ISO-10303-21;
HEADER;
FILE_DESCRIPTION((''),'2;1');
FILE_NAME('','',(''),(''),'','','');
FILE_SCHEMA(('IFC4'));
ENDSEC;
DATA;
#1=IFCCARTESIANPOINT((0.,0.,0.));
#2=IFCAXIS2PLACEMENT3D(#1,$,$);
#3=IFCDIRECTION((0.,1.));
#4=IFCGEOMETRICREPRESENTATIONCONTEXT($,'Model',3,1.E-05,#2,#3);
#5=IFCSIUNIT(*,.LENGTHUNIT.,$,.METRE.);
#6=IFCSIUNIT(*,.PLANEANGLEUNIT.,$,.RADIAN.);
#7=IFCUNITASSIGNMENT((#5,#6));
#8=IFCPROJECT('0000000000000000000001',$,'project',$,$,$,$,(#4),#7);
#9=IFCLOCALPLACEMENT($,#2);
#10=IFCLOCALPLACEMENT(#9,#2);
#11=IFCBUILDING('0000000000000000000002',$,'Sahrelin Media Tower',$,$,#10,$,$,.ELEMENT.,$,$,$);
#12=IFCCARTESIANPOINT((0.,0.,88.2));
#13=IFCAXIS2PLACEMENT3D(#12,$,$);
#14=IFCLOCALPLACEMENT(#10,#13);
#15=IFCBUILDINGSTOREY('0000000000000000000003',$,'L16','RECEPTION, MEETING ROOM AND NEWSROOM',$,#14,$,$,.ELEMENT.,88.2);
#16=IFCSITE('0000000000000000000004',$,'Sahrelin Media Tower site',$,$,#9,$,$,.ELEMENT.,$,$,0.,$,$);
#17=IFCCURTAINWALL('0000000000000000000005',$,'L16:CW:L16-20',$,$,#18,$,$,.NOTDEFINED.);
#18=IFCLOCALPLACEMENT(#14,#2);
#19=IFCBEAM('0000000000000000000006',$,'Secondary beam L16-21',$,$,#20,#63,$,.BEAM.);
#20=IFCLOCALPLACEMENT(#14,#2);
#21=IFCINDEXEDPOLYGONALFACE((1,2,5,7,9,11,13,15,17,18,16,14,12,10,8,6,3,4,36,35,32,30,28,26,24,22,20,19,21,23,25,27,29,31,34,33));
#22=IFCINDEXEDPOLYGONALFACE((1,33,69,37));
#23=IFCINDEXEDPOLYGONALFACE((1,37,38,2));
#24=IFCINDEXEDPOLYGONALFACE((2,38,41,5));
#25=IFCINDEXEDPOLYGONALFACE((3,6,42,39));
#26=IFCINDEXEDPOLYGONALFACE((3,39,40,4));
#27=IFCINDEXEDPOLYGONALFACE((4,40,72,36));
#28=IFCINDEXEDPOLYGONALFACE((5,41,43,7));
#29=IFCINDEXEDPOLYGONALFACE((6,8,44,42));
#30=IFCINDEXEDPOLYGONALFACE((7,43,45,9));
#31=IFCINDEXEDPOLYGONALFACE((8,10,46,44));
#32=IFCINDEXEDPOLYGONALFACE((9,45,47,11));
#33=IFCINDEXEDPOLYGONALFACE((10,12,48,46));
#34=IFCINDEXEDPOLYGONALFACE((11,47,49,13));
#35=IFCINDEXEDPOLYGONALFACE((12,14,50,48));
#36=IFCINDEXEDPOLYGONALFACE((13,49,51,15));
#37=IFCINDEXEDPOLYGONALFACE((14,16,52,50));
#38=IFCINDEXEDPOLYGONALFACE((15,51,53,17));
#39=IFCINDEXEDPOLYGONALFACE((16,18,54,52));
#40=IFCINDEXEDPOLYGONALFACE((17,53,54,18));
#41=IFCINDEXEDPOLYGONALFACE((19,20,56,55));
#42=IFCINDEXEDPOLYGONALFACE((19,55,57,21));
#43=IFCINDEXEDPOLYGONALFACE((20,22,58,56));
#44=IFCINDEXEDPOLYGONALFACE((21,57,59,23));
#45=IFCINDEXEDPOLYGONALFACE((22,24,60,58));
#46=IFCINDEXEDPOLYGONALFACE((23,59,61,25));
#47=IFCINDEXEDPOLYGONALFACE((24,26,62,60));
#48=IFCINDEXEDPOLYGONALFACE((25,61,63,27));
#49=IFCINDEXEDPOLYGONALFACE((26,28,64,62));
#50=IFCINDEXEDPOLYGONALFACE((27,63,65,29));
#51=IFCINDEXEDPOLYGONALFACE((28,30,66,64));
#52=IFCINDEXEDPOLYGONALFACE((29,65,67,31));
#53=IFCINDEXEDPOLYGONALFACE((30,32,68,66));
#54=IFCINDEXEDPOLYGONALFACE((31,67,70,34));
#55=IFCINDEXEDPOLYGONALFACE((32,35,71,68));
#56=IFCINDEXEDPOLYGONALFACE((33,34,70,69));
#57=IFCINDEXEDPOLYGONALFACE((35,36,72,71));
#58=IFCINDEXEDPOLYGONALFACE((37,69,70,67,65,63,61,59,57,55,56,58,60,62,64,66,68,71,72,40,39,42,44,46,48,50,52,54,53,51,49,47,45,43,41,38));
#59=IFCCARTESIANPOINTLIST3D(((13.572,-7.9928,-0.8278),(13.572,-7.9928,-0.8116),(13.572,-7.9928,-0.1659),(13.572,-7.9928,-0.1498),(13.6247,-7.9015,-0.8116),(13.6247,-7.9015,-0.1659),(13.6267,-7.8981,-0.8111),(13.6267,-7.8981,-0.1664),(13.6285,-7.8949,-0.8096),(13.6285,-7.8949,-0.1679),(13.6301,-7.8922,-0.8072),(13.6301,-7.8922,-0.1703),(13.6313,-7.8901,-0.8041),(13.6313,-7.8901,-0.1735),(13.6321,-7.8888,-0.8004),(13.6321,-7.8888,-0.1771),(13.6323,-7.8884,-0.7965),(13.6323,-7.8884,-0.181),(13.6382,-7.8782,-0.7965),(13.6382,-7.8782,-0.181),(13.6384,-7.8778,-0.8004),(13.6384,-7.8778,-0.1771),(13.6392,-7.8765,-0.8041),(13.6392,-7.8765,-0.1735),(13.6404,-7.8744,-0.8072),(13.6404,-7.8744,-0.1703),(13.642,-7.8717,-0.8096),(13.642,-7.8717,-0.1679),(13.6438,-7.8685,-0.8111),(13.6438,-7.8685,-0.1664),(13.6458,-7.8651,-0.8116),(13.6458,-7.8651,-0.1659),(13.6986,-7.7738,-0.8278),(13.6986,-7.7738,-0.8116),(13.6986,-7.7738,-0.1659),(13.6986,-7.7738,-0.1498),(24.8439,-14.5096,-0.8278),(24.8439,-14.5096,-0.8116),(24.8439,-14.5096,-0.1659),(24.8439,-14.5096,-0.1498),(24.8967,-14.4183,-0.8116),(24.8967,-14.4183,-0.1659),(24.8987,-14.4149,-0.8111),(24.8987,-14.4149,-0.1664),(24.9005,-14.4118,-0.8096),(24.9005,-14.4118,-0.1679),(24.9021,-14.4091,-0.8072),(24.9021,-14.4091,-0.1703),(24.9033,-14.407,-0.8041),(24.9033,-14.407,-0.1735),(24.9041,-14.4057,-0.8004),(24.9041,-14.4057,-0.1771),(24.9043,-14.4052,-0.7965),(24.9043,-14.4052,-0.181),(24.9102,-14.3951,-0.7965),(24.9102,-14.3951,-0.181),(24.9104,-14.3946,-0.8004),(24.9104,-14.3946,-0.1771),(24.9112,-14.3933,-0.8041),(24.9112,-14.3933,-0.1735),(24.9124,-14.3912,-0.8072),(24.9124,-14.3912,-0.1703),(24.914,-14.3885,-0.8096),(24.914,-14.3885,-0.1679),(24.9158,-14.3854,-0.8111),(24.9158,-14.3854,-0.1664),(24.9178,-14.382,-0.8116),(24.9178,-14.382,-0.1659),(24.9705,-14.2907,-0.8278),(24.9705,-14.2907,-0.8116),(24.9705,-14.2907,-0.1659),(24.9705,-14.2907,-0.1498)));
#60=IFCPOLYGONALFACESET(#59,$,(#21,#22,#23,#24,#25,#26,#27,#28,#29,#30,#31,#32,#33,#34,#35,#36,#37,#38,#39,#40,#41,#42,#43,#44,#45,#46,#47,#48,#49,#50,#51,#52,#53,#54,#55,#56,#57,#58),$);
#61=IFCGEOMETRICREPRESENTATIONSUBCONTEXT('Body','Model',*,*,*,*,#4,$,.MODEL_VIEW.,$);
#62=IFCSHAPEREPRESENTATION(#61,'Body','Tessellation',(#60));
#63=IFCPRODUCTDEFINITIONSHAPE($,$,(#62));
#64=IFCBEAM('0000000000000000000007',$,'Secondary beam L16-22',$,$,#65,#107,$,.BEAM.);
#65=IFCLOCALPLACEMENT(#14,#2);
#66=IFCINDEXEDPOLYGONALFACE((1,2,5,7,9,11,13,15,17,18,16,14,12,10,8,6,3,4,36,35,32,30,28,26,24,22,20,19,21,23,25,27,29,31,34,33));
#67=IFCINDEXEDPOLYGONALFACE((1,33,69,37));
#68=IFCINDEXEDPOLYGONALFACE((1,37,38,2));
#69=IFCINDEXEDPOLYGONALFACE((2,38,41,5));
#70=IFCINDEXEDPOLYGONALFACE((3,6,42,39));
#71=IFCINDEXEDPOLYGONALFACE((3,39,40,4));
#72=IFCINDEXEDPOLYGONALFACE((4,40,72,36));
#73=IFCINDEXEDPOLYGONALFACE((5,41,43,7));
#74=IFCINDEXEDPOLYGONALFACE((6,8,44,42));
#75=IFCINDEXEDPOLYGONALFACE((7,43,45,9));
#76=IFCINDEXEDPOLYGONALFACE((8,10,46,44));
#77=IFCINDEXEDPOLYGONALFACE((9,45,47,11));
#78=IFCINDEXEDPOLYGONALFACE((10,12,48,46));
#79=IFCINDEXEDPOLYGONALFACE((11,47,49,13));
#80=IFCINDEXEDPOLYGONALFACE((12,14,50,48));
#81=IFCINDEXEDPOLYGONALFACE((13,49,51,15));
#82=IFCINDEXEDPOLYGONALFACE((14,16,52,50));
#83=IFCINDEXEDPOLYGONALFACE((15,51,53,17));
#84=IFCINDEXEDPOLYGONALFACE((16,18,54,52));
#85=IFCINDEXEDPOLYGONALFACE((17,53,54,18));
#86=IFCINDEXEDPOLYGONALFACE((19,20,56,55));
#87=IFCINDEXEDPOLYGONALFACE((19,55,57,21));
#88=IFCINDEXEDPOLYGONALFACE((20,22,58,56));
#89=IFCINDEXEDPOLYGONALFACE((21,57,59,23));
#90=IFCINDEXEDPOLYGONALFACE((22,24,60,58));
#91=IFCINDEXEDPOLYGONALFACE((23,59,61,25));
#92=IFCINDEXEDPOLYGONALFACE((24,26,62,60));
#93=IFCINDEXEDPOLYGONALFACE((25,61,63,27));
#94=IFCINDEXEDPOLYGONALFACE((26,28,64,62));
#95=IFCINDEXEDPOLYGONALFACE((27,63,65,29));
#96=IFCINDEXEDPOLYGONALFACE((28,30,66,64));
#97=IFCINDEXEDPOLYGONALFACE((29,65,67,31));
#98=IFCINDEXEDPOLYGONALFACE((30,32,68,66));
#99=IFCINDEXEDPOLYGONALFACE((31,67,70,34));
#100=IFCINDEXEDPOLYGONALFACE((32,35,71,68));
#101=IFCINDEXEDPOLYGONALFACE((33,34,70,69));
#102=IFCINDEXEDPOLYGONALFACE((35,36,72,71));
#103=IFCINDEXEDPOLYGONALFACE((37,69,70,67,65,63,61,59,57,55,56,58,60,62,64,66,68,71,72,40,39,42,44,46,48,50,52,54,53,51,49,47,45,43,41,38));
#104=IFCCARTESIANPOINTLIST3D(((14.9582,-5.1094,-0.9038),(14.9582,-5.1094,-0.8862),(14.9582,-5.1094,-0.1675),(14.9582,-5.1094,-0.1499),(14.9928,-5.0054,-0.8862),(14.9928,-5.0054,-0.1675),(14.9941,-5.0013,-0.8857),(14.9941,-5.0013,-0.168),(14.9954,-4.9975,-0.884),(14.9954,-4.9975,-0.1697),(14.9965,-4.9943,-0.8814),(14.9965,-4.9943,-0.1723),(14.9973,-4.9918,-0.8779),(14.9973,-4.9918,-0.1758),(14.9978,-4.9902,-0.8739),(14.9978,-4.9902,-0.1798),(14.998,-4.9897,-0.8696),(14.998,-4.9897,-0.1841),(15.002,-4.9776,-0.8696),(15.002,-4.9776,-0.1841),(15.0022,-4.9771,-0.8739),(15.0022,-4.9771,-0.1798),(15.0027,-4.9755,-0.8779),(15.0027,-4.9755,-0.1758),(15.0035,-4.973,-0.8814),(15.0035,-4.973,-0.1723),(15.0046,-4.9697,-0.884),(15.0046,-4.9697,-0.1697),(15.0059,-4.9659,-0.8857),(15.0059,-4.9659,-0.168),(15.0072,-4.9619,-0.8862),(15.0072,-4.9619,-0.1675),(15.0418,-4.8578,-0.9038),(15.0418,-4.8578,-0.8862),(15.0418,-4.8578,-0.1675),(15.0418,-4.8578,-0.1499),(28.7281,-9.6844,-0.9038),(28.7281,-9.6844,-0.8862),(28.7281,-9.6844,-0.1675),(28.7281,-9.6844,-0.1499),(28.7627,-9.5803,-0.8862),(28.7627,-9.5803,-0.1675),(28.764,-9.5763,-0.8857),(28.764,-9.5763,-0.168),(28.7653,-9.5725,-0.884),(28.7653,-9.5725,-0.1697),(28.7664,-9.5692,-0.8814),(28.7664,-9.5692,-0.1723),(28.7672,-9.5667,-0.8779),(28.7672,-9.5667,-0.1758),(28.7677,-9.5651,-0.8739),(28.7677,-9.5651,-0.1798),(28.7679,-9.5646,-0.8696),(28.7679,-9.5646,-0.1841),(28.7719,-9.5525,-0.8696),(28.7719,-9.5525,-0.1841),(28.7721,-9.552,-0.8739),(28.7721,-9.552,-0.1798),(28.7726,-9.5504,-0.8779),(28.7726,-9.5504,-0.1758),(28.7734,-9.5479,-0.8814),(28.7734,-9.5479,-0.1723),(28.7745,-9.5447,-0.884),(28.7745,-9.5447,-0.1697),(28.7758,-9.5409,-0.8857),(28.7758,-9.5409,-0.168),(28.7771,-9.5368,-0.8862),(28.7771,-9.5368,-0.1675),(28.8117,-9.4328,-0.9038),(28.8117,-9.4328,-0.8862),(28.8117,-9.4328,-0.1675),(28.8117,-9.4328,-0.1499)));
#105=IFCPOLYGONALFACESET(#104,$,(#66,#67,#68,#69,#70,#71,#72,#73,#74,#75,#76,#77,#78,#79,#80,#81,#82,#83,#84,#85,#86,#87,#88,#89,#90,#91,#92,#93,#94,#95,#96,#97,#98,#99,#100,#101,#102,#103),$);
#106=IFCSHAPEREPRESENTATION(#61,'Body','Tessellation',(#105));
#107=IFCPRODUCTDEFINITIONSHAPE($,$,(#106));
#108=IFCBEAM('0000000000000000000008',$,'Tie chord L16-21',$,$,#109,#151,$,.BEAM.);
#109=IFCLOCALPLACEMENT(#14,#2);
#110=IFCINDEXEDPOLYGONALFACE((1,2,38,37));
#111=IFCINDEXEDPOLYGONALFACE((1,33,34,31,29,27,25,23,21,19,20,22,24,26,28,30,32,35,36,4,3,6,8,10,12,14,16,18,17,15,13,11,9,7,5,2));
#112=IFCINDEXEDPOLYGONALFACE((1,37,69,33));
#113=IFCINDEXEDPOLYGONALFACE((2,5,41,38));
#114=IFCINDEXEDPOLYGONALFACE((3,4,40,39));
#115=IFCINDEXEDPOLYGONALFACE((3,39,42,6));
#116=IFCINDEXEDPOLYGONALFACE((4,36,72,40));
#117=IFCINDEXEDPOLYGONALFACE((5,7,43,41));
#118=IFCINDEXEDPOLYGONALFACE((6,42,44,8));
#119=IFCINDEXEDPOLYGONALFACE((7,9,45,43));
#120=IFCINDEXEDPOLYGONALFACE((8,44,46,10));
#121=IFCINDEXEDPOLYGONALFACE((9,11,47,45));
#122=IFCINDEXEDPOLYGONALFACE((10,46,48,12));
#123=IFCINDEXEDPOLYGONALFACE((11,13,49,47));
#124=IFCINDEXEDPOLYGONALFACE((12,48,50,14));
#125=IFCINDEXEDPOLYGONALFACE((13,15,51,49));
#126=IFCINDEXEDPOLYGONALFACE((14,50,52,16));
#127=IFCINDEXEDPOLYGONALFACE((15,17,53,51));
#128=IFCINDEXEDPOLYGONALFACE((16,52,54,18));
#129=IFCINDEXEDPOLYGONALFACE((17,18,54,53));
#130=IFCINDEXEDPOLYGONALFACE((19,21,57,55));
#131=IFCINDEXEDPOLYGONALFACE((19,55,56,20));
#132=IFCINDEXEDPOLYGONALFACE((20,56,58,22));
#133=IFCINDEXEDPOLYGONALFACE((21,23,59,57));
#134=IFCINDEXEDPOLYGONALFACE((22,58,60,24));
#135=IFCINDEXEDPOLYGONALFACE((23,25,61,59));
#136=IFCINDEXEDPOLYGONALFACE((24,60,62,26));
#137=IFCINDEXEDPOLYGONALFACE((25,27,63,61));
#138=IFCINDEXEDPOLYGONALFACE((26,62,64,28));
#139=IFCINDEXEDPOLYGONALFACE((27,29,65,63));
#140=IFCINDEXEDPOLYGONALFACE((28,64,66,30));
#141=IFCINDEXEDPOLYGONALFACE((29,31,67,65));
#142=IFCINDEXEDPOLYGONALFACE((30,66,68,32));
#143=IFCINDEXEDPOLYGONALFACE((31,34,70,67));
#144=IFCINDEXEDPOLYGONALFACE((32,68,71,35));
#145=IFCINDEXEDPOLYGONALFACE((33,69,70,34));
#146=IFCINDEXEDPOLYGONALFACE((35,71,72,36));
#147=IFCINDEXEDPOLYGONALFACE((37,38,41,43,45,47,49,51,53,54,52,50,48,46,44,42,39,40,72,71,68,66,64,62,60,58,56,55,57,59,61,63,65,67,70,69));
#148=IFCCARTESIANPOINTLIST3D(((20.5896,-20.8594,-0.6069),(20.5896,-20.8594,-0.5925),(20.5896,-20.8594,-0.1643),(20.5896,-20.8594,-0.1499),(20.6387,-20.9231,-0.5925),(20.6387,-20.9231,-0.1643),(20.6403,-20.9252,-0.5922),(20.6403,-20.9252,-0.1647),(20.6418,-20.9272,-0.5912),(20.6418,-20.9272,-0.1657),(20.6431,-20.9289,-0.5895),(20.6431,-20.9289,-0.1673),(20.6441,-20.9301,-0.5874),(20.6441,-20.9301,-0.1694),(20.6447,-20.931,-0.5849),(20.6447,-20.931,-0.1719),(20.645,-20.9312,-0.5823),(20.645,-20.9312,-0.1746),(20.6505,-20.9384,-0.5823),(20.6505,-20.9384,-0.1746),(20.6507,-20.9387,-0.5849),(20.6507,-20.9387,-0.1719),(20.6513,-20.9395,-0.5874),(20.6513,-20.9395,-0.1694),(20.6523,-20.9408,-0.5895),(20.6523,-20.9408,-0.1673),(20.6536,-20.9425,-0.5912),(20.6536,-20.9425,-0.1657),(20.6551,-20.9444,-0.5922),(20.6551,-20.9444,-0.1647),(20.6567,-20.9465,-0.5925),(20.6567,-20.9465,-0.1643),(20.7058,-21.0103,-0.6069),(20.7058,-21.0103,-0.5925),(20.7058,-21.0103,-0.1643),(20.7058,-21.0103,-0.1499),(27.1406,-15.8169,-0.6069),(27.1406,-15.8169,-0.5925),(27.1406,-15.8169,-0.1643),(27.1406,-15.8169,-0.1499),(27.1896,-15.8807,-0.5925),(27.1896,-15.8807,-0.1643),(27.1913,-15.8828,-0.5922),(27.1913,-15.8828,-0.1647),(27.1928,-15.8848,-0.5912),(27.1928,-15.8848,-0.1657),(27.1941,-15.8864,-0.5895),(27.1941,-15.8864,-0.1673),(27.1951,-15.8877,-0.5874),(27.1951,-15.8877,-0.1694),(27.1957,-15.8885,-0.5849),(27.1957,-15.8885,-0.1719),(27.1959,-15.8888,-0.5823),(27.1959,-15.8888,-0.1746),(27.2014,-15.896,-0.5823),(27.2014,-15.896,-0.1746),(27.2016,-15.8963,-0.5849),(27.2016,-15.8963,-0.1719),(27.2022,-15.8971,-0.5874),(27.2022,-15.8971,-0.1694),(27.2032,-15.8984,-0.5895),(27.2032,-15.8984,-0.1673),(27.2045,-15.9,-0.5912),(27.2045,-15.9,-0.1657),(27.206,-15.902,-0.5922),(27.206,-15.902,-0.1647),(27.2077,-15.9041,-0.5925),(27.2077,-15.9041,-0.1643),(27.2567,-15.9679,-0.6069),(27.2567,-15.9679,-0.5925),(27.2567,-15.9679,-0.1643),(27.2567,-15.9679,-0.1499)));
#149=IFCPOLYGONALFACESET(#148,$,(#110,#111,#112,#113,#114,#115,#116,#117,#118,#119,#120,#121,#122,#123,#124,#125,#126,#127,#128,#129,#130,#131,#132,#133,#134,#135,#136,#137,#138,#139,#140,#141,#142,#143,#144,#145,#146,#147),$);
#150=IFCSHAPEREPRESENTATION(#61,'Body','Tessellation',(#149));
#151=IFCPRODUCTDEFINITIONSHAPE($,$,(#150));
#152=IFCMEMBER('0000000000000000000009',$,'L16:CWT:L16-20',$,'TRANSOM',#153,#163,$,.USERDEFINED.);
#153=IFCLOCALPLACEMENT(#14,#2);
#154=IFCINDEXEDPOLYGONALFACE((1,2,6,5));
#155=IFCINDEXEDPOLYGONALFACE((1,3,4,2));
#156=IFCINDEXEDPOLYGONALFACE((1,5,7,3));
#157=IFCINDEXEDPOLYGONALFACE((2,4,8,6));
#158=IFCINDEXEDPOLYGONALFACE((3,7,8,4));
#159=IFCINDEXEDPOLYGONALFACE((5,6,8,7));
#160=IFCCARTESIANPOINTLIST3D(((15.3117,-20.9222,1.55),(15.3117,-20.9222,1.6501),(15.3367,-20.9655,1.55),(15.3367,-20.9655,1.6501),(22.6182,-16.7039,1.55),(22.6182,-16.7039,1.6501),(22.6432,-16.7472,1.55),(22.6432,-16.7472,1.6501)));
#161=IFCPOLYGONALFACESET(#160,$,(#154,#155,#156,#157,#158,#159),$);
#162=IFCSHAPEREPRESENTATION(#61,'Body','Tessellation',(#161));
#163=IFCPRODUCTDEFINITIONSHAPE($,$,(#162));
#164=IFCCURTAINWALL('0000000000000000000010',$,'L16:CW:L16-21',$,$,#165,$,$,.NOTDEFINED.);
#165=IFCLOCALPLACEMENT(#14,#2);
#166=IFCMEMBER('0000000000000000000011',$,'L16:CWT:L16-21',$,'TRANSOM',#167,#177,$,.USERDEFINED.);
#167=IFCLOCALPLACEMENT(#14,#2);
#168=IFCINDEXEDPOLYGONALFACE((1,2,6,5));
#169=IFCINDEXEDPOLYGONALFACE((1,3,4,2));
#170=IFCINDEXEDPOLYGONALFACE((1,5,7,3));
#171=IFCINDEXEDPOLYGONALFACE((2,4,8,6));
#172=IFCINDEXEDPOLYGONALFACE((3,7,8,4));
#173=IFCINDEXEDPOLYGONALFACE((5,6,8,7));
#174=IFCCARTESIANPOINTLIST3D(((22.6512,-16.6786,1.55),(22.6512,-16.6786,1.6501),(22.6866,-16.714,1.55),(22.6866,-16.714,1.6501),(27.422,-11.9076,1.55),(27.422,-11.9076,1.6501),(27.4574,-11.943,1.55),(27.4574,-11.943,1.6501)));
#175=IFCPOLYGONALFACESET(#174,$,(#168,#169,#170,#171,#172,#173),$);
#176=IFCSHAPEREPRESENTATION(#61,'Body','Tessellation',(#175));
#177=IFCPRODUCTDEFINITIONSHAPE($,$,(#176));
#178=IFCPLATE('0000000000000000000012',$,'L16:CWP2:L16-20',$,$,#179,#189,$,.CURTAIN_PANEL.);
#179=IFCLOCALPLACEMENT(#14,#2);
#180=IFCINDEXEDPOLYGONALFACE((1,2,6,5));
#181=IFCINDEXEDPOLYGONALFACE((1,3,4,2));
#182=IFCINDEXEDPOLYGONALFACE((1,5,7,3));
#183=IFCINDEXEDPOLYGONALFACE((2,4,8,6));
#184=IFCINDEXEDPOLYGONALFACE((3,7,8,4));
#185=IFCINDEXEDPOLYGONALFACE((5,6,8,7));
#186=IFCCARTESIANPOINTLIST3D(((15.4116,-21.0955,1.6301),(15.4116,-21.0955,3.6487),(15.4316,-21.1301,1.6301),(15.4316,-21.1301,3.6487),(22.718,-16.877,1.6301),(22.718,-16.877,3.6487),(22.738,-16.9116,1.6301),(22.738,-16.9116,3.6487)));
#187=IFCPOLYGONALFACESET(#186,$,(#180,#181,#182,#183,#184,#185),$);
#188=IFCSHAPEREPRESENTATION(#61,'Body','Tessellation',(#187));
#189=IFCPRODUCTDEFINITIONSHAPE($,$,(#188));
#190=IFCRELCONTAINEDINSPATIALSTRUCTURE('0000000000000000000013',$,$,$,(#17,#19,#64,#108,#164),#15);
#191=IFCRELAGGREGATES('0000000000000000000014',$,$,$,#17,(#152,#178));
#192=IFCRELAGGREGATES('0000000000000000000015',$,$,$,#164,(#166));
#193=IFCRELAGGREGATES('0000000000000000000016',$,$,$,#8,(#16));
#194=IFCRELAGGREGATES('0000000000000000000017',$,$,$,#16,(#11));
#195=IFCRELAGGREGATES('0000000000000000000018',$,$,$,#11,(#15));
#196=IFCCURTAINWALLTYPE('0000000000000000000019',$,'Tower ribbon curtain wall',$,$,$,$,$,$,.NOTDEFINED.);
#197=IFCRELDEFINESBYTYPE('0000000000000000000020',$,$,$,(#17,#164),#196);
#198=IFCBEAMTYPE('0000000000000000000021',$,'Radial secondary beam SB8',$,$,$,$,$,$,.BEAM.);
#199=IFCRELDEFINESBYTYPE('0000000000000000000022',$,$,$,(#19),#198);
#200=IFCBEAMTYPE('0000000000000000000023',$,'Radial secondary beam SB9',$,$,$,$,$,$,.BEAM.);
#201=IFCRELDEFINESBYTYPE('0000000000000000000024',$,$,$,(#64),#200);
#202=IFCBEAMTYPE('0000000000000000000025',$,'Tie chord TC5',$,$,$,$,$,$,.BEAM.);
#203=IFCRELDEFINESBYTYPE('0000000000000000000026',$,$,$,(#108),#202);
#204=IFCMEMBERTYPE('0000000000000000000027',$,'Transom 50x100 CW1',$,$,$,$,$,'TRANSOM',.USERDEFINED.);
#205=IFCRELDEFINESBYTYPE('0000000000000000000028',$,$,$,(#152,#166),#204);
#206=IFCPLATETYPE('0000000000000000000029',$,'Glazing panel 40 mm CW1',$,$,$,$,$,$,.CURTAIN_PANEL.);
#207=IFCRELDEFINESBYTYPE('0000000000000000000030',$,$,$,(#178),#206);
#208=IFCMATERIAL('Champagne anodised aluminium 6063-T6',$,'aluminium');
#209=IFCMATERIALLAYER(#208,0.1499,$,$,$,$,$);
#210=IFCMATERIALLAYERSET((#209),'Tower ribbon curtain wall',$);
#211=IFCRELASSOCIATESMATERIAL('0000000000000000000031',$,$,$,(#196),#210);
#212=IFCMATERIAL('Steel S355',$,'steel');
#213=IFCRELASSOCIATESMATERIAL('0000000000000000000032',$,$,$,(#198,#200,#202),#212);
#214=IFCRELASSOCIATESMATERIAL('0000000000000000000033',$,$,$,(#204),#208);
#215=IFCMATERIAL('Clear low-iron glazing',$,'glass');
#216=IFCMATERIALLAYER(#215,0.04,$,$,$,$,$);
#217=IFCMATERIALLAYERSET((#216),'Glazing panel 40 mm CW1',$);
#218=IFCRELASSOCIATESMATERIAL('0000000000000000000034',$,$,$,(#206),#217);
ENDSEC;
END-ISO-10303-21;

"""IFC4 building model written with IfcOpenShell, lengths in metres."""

from ifc_helpers import new_model, si_unit, direction, frame, origin, origin_2d, place, context, subcontext, project, spatial, polyline, rectangle, i_section, outline, extrude, material, layer, layer_set, material_profile, profile_set, type_object, element, aggregate, save


model = new_model("IFC4")

# Units and contexts
model_context = context("Model", 3, precision=1e-05, world=origin(), true_north=direction((0.0, 1.0)))
body_context = subcontext(model_context, "Body", "Model", "MODEL_VIEW")
ifc_project = project(units=[si_unit("LENGTHUNIT", "METRE"), si_unit("PLANEANGLEUNIT", "RADIAN")], contexts=[model_context])

# Site, building, storey
site_placement = place(None, origin())
site = spatial("IfcSite", under=ifc_project, at=site_placement, Name="Sahrelin Media Tower site", CompositionType="ELEMENT", RefElevation=0.0)
building_placement = place(site_placement, origin())
building = spatial("IfcBuilding", under=site, at=building_placement, Name="Sahrelin Media Tower", CompositionType="ELEMENT")
storey_placement = place(building_placement, frame((0.0, 0.0, 88.2)))
storey = spatial("IfcBuildingStorey", under=building, at=storey_placement, Name="L16", Description="RECEPTION, MEETING ROOM AND NEWSROOM", CompositionType="ELEMENT", Elevation=88.2)

# Shared definitions
ifc_material_1 = material(Name="Steel S355", Category="steel")

# Curtain wall
ifc_material_2 = material(Name="Champagne anodised aluminium 6063-T6", Category="aluminium")
ifc_layer_1 = layer(ifc_material_2, 0.1499)
ifc_layer_set_1 = layer_set([ifc_layer_1], Name="Tower ribbon curtain wall")
curtain_wall_type = type_object("IfcCurtainWallType", Name="Tower ribbon curtain wall", PredefinedType="NOTDEFINED", material=ifc_layer_set_1)
curtain_wall_1_placement = place(storey_placement, frame((19.075, -19.0037, 0.0), z_axis=(0.0, 0.0, 1.0), x_axis=(1.0, 0.0, 0.0)))
curtain_wall_1 = element("IfcCurtainWall", 1, at=curtain_wall_1_placement, inside=storey, type_object=curtain_wall_type, Name="L16:CW:L16-20", PredefinedType="NOTDEFINED")

# Beams
ifc_material_profile_1 = material_profile(ifc_material_1, i_section(OverallWidth=0.2529, OverallDepth=0.678, WebThickness=0.0117, FlangeThickness=0.0161, FilletRadius=0.0151, at=origin_2d()), Name="UB 686x254x125")
ifc_profile_set_1 = profile_set([ifc_material_profile_1], Name="Steel S355")
beam_type_1 = type_object("IfcBeamType", Name="Radial secondary beam SB8", PredefinedType="BEAM", material=ifc_profile_set_1)
beam_1_placement = place(storey_placement, frame((13.6353, -7.8833, -0.4888), z_axis=(0.865727, -0.500517, 0.0), x_axis=(0.500517, 0.865727, 0.0)))
element("IfcBeam", 2, at=beam_1_placement, inside=storey, type_object=beam_type_1, Name="Secondary beam L16-21", PredefinedType="BEAM", context=body_context, shape_type="SweptSolid", body=[
    extrude(i_section(OverallWidth=0.2529, OverallDepth=0.678, WebThickness=0.0117, FlangeThickness=0.0161, FilletRadius=0.0151, at=origin_2d()), origin(), (0.0, 0.0, 1.0), 13.0203),
])
ifc_material_profile_2 = material_profile(ifc_material_1, i_section(OverallWidth=0.2651, OverallDepth=0.7539, WebThickness=0.0127, FlangeThickness=0.0176, FilletRadius=0.0166, at=origin_2d()), Name="UB 762x267x147")
ifc_profile_set_2 = profile_set([ifc_material_profile_2], Name="Steel S355")
beam_type_2 = type_object("IfcBeamType", Name="Radial secondary beam SB9", PredefinedType="BEAM", material=ifc_profile_set_2)
beam_2_placement = place(storey_placement, frame((15.0, -4.9836, -0.5269), z_axis=(0.948994, -0.315294, 0.0), x_axis=(0.315294, 0.948994, 0.0)))
element("IfcBeam", 3, at=beam_2_placement, inside=storey, type_object=beam_type_2, Name="Secondary beam L16-22", PredefinedType="BEAM", context=body_context, shape_type="SweptSolid", body=[
    extrude(i_section(OverallWidth=0.2651, OverallDepth=0.7539, WebThickness=0.0127, FlangeThickness=0.0176, FilletRadius=0.0166, at=origin_2d()), origin(), (0.0, 0.0, 1.0), 14.51),
])
ifc_material_profile_3 = material_profile(ifc_material_1, i_section(OverallWidth=0.1904, OverallDepth=0.457, WebThickness=0.009, FlangeThickness=0.0144, FilletRadius=0.0103, at=origin_2d()), Name="UB 457x191x74")
ifc_profile_set_3 = profile_set([ifc_material_profile_3], Name="Steel S355")
beam_type_3 = type_object("IfcBeamType", Name="Tie chord TC5", PredefinedType="BEAM", material=ifc_profile_set_3)
beam_3_placement = place(storey_placement, frame((20.6477, -20.9348, -0.3784), z_axis=(0.792435, 0.609956, 0.0), x_axis=(-0.609956, 0.792435, 0.0)))
element("IfcBeam", 4, at=beam_3_placement, inside=storey, type_object=beam_type_3, Name="Tie chord L16-21", PredefinedType="BEAM", context=body_context, shape_type="SweptSolid", body=[
    extrude(i_section(OverallWidth=0.1904, OverallDepth=0.457, WebThickness=0.009, FlangeThickness=0.0144, FilletRadius=0.0103, at=origin_2d()), origin(), (0.0, 0.0, 1.0), 8.2668),
])

# Member
ifc_material_profile_4 = material_profile(ifc_material_2, rectangle(XDim=0.05, YDim=0.1001, at=origin_2d()), Name="Transom 50x100")
ifc_profile_set_4 = profile_set([ifc_material_profile_4], Name="Champagne anodised aluminium 6063-T6")
member_type_1 = type_object("IfcMemberType", Name="Transom 50x100 CW1", ElementType="TRANSOM", PredefinedType="USERDEFINED", material=ifc_profile_set_4)
member_1_placement = place(storey_placement, frame((15.3242, -20.9438, 1.6001), z_axis=(0.86603, 0.499992, 0.0), x_axis=(-0.499992, 0.86603, 0.0)))
member_1 = element("IfcMember", 5, at=member_1_placement, type_object=member_type_1, Name="L16:CWT:L16-20", ObjectType="TRANSOM", PredefinedType="USERDEFINED", context=body_context, shape_type="SweptSolid", body=[
    extrude(rectangle(XDim=0.05, YDim=0.1001, at=origin_2d()), origin(), (0.0, 0.0, 1.0), 8.4368),
])

# Curtain wall, member
curtain_wall_2_placement = place(storey_placement, frame((25.1921, -14.4487, 0.0), z_axis=(0.0, 0.0, 1.0), x_axis=(1.0, 0.0, 0.0)))
curtain_wall_2 = element("IfcCurtainWall", 6, at=curtain_wall_2_placement, inside=storey, type_object=curtain_wall_type, Name="L16:CW:L16-21", PredefinedType="NOTDEFINED")
member_2_placement = place(storey_placement, frame((22.6689, -16.6963, 1.6001), z_axis=(0.707089, 0.707125, 0.0), x_axis=(-0.707125, 0.707089, 0.0)))
member_2 = element("IfcMember", 7, at=member_2_placement, type_object=member_type_1, Name="L16:CWT:L16-21", ObjectType="TRANSOM", PredefinedType="USERDEFINED", context=body_context, shape_type="SweptSolid", body=[
    extrude(rectangle(XDim=0.05, YDim=0.1001, at=origin_2d()), origin(), (0.0, 0.0, 1.0), 6.7471),
])

# Plate
ifc_material_3 = material(Name="Clear low-iron glazing", Category="glass")
ifc_layer_2 = layer(ifc_material_3, 0.04)
ifc_layer_set_2 = layer_set([ifc_layer_2], Name="Glazing panel 40 mm CW1")
plate_type_1 = type_object("IfcPlateType", Name="Glazing panel 40 mm CW1", PredefinedType="CURTAIN_PANEL", material=ifc_layer_set_2)
plate_1_placement = place(storey_placement, frame((15.4316, -21.1301, 1.6301), z_axis=(0.500014, -0.866017, 0.0), x_axis=(0.866017, 0.500014, 0.0)))
plate_1 = element("IfcPlate", 8, at=plate_1_placement, type_object=plate_type_1, Name="L16:CWP2:L16-20", PredefinedType="CURTAIN_PANEL", context=body_context, shape_type="SweptSolid", body=[
    extrude(outline(polyline([(0.0, 0.0), (8.4368, 0.0), (8.4368, 2.0186), (0.0, 2.0186), (0.0, 0.0)])), origin(), (0.0, 0.0, -1.0), 0.04),
])
aggregate(curtain_wall_1, [member_1, plate_1])
aggregate(curtain_wall_2, [member_2])

save(model, "model.ifc")
